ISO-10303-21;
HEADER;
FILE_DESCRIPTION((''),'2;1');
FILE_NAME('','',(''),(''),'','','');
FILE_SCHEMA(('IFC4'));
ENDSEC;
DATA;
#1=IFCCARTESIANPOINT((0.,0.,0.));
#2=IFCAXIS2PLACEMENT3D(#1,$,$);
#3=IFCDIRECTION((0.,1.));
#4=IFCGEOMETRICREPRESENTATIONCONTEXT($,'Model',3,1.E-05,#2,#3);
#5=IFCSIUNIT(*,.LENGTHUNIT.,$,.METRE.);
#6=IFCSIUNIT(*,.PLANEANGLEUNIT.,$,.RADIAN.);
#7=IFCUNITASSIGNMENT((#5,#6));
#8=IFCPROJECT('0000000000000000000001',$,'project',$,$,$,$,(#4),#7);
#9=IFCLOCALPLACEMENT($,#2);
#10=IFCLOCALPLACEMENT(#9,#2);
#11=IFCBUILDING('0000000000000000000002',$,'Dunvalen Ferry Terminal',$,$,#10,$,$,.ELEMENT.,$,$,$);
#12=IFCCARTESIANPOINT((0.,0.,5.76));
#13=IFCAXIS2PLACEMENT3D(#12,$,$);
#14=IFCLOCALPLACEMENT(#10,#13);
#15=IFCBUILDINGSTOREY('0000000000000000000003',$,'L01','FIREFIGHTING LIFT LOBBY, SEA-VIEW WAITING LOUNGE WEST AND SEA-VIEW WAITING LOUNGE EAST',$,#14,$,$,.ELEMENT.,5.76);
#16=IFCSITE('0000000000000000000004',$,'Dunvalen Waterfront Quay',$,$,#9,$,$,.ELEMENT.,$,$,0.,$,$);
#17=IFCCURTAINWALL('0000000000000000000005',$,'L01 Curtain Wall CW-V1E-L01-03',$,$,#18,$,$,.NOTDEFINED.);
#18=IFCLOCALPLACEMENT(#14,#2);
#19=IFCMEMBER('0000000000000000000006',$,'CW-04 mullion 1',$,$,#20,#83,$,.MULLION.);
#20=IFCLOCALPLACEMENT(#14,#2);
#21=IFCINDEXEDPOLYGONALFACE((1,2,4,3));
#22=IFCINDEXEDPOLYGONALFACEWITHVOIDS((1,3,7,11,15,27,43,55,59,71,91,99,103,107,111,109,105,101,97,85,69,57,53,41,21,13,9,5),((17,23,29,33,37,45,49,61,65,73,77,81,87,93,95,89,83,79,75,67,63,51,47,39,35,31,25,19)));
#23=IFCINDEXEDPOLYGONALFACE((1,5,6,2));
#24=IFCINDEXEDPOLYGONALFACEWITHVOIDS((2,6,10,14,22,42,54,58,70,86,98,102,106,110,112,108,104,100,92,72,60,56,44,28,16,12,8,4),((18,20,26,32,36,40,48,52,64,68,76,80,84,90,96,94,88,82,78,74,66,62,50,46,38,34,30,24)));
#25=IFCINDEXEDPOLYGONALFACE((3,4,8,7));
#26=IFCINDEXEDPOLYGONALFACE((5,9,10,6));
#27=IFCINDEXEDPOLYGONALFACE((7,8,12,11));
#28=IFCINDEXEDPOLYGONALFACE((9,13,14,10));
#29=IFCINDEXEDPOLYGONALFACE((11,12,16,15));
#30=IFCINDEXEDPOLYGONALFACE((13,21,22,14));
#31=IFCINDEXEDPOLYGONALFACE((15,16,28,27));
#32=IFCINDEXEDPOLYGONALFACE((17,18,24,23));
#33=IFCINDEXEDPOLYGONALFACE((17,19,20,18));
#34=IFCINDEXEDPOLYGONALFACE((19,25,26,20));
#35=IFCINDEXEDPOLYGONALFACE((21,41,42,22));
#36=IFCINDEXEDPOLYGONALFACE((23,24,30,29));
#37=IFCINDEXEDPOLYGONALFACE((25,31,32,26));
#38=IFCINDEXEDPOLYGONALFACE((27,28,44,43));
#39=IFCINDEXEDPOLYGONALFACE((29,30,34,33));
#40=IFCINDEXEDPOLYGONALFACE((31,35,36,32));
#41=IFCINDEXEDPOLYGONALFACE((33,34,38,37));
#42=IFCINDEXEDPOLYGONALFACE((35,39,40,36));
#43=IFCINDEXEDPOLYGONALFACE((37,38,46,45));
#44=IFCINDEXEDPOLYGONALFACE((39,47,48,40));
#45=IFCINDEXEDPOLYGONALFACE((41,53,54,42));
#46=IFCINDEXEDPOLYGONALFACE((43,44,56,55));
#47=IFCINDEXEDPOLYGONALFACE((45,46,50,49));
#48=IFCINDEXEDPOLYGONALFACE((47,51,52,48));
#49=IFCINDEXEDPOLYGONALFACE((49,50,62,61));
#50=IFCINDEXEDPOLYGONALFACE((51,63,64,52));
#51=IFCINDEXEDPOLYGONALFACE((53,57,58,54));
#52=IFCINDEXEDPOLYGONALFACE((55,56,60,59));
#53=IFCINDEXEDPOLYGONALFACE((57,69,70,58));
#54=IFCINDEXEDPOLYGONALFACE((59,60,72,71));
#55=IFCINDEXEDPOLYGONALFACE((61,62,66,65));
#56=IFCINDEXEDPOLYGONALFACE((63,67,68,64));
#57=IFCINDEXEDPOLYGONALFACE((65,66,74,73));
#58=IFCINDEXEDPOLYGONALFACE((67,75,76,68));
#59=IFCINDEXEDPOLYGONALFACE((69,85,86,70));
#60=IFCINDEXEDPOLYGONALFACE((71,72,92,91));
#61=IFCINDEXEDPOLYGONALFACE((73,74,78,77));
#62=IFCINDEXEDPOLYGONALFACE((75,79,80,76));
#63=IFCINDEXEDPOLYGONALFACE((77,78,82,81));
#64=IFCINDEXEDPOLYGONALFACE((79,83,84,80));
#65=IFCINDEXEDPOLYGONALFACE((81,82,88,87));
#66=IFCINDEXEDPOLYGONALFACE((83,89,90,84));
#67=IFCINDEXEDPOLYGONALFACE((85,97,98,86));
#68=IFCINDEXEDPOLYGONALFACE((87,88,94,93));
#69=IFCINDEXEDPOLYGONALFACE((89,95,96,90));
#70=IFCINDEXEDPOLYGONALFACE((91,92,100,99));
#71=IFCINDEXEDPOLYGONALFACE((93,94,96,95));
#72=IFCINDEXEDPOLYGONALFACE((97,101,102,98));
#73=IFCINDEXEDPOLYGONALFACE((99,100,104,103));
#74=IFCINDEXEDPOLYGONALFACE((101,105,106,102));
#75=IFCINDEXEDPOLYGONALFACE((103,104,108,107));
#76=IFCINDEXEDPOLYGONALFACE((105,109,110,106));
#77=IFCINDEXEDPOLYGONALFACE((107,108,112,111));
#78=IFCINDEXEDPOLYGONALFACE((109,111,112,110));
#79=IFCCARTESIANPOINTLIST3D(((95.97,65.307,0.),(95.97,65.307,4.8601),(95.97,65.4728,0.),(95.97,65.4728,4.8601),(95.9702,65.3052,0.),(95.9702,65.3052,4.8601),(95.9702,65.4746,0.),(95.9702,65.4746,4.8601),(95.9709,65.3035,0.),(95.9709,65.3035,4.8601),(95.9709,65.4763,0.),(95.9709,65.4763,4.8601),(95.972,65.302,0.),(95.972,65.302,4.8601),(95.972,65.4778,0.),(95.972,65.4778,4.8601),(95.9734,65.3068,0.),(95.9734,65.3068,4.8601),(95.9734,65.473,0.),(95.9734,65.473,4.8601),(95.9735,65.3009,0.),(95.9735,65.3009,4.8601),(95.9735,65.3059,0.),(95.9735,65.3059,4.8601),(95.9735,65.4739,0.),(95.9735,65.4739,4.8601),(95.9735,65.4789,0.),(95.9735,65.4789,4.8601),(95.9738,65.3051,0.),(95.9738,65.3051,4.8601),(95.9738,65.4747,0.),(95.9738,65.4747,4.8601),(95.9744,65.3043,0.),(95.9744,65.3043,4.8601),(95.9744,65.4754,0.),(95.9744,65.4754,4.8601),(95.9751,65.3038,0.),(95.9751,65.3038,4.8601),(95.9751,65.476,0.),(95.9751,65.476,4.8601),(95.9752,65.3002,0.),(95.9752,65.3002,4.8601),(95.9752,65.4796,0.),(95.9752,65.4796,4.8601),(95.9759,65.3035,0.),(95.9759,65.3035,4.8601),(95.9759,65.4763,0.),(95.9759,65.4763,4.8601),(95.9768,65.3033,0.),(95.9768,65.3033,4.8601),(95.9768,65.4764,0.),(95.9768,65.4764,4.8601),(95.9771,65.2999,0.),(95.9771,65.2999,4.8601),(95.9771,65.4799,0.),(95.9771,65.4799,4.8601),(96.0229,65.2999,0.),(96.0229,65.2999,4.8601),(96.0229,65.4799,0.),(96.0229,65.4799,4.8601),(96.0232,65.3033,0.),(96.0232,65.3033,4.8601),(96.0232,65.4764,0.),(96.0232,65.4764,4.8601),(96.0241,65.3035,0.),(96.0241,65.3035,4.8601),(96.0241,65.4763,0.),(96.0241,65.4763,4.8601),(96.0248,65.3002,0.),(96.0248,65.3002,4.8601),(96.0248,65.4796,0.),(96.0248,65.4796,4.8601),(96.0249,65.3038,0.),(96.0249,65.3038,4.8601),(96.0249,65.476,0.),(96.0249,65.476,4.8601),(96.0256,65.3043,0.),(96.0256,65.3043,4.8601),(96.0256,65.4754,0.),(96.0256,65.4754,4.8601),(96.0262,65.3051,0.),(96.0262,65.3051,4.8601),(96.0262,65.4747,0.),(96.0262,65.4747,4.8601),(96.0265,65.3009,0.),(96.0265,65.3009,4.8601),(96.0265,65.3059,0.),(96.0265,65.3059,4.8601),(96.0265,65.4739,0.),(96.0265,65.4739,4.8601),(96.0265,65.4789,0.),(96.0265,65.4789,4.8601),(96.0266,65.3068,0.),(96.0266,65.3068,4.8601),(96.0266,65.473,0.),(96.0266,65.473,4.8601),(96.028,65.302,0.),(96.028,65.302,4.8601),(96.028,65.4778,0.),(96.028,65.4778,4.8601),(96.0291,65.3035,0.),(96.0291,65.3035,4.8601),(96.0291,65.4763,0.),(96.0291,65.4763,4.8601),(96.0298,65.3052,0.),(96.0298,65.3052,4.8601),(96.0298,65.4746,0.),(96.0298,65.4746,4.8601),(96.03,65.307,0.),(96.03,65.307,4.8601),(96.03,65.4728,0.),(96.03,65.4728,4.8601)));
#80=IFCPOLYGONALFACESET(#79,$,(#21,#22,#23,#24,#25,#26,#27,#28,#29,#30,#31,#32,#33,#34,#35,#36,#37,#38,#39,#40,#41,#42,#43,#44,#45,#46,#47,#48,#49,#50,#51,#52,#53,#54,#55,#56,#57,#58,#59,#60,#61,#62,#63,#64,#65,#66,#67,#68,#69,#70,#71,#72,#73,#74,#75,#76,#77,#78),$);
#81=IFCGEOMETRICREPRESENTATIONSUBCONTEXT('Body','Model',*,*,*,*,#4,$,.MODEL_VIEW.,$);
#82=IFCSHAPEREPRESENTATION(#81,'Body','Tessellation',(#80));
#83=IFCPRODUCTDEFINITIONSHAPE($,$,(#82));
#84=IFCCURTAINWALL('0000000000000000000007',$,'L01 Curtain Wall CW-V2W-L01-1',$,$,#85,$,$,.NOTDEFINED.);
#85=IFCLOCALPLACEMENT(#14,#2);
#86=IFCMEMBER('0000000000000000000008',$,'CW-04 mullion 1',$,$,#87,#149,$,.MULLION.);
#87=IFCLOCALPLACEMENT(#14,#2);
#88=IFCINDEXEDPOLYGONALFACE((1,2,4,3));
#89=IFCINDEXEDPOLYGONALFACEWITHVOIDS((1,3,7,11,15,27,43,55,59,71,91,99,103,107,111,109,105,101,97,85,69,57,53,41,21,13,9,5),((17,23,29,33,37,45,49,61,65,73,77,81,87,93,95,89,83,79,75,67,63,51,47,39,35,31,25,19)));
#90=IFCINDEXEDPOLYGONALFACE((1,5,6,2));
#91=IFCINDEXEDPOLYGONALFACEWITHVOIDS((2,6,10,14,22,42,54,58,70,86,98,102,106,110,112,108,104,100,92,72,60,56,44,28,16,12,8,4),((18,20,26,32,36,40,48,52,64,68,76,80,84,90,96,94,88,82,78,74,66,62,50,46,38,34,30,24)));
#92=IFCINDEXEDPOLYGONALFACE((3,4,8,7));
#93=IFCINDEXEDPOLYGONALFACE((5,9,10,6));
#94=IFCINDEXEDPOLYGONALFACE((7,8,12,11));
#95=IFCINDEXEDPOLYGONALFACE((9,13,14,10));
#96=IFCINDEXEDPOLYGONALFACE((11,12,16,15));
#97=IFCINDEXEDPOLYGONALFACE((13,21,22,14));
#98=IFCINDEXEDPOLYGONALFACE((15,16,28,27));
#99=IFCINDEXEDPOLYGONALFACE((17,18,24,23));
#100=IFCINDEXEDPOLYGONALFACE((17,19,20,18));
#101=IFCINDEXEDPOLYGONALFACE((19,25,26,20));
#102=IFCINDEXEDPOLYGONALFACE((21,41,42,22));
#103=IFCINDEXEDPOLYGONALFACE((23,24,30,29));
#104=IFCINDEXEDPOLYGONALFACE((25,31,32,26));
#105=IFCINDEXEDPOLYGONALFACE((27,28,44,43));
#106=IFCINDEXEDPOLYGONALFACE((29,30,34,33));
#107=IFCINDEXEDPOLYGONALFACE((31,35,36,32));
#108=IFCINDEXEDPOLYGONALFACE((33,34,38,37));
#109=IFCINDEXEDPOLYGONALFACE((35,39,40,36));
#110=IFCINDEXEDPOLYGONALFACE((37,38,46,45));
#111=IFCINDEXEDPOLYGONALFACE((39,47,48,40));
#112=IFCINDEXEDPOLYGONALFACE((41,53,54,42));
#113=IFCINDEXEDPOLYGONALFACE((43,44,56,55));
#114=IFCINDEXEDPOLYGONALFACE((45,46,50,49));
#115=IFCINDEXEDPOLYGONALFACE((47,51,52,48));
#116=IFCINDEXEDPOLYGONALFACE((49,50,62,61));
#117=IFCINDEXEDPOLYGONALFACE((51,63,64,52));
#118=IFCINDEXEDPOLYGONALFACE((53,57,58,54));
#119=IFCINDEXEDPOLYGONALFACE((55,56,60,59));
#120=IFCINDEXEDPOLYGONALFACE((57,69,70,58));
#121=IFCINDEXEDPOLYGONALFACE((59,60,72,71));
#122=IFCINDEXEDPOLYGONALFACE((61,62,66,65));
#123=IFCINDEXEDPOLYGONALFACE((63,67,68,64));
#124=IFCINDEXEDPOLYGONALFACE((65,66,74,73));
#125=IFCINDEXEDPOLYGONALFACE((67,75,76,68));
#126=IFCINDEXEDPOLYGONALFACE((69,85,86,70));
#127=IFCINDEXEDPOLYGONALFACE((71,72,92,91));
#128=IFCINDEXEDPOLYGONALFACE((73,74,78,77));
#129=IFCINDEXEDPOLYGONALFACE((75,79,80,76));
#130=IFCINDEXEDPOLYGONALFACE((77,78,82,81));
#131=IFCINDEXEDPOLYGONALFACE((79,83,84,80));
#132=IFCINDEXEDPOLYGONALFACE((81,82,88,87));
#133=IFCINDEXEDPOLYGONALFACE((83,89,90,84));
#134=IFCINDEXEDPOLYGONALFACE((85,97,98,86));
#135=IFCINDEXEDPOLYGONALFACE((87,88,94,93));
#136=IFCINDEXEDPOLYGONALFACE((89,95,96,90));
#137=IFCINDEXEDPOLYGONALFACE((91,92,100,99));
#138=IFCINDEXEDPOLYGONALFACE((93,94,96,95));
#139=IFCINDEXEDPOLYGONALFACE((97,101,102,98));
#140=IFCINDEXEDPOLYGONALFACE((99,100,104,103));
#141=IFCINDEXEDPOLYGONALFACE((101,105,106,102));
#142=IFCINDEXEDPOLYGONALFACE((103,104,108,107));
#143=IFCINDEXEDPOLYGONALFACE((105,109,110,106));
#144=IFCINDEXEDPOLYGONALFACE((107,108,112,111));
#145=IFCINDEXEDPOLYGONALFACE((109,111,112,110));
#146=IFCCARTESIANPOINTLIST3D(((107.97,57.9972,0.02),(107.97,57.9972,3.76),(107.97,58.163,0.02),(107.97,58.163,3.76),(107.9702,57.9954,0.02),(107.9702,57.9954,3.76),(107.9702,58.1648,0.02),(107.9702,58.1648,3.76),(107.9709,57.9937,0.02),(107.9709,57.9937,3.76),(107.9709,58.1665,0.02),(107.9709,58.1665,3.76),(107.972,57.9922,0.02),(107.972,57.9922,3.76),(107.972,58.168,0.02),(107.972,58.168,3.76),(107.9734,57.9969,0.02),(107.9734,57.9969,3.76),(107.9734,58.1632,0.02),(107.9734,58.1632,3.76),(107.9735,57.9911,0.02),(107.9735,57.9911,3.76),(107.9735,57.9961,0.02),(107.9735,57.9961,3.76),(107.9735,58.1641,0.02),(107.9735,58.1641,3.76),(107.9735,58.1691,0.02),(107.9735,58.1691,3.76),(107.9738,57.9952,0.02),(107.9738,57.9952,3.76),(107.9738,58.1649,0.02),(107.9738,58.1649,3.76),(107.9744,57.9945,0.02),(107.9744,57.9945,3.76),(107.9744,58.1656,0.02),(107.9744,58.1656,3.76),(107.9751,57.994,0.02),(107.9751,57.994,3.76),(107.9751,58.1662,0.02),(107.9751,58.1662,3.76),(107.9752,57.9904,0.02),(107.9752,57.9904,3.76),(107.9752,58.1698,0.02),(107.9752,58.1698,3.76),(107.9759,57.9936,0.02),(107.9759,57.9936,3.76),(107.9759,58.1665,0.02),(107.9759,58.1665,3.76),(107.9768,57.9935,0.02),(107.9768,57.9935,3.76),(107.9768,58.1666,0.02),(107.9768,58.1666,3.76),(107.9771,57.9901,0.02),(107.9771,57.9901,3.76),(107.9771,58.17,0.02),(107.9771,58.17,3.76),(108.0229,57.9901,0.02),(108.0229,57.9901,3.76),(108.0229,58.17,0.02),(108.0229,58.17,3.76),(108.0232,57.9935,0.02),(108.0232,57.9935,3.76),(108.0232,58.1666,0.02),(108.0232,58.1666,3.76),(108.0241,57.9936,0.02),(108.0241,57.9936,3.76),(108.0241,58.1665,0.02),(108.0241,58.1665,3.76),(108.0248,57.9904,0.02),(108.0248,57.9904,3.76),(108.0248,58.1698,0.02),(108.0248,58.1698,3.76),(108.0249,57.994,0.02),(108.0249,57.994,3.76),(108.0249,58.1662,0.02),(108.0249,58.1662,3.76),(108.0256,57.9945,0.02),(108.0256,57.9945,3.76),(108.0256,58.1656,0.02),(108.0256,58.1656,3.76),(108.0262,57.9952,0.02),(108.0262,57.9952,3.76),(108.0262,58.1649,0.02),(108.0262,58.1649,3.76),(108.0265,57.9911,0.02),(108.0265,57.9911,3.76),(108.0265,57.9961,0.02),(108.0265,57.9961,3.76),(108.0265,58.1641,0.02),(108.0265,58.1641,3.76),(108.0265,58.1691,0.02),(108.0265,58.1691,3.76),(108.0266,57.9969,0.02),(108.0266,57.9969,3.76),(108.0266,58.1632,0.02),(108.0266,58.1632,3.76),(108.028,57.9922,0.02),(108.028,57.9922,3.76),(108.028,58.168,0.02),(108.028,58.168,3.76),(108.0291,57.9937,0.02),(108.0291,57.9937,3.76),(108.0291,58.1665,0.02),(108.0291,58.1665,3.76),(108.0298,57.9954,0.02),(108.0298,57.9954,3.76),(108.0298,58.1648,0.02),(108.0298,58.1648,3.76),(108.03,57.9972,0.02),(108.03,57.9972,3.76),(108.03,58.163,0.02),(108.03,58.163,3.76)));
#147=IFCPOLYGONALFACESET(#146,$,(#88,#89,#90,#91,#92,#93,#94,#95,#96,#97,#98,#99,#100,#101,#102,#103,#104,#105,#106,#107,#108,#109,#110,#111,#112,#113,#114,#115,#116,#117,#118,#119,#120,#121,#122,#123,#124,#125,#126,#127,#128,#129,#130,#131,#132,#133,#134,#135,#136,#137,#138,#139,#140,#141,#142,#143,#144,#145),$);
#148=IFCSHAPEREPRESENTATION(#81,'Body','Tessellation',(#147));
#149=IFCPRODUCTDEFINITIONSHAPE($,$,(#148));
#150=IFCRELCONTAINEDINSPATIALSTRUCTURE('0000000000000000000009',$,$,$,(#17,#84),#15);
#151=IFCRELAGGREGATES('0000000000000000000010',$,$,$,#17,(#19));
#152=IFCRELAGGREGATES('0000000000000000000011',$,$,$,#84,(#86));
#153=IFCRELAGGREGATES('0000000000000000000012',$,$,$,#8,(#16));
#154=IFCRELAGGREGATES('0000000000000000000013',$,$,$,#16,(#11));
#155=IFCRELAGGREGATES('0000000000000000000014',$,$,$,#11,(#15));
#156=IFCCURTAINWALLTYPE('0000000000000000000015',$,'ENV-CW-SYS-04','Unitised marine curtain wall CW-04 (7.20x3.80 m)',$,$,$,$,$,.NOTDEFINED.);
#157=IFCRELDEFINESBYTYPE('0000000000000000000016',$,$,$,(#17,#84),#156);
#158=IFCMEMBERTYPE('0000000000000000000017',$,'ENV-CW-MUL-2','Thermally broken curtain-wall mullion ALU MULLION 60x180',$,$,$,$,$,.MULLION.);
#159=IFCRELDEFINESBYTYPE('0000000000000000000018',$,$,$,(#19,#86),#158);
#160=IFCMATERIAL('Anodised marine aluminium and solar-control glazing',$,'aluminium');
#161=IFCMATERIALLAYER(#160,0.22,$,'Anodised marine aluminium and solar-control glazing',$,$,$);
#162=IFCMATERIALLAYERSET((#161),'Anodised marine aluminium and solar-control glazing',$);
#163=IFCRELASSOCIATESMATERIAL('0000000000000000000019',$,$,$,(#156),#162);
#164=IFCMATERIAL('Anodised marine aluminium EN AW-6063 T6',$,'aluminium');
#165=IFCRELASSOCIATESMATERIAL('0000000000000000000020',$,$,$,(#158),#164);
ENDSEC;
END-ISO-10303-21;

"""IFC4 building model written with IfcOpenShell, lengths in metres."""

from ifc_helpers import new_model, si_unit, direction, frame, origin, origin_2d, place, context, subcontext, project, spatial, hollow_rectangle, extrude, material, layer, layer_set, material_profile, profile_set, type_object, element, aggregate, save


model = new_model("IFC4")

# Units and contexts
model_context = context("Model", 3, precision=1e-05, world=origin(), true_north=direction((0.0, 1.0)))
body_context = subcontext(model_context, "Body", "Model", "MODEL_VIEW")
ifc_project = project(units=[si_unit("LENGTHUNIT", "METRE"), si_unit("PLANEANGLEUNIT", "RADIAN")], contexts=[model_context])

# Site, building, storey
site_placement = place(None, origin())
site = spatial("IfcSite", under=ifc_project, at=site_placement, Name="Dunvalen Waterfront Quay", CompositionType="ELEMENT", RefElevation=0.0)
building_placement = place(site_placement, origin())
building = spatial("IfcBuilding", under=site, at=building_placement, Name="Dunvalen Ferry Terminal", CompositionType="ELEMENT")
storey_placement = place(building_placement, frame((0.0, 0.0, 5.76)))
storey = spatial("IfcBuildingStorey", under=building, at=storey_placement, Name="L01", Description="FIREFIGHTING LIFT LOBBY, SEA-VIEW WAITING LOUNGE WEST AND SEA-VIEW WAITING LOUNGE EAST", CompositionType="ELEMENT", Elevation=5.76)

# Shared definitions
ifc_material_1 = material(Name="Anodised marine aluminium and solar-control glazing", Category="aluminium")
ifc_layer_1 = layer(ifc_material_1, 0.22, Name="Anodised marine aluminium and solar-control glazing")
ifc_layer_set_1 = layer_set([ifc_layer_1], Name="Anodised marine aluminium and solar-control glazing")
curtain_wall_type = type_object("IfcCurtainWallType", Name="ENV-CW-SYS-04", Description="Unitised marine curtain wall CW-04 (7.20x3.80 m)", PredefinedType="NOTDEFINED", material=ifc_layer_set_1)
ifc_material_2 = material(Name="Anodised marine aluminium EN AW-6063 T6", Category="aluminium")
ifc_material_profile_1 = material_profile(ifc_material_2, hollow_rectangle(XDim=0.0601, YDim=0.1799, WallThickness=0.0034, InnerFilletRadius=0.0034, OuterFilletRadius=0.0071, at=origin_2d()), Name="Anodised marine aluminium EN AW-6063 T6")
ifc_profile_set_1 = profile_set([ifc_material_profile_1], Name="Anodised marine aluminium EN AW-6063 T6")
member_type_1 = type_object("IfcMemberType", Name="ENV-CW-MUL-2", Description="Thermally broken curtain-wall mullion ALU MULLION 60x180", PredefinedType="MULLION", material=ifc_profile_set_1)

# Curtain wall, member
curtain_wall_1_placement = place(storey_placement, origin())
curtain_wall_1 = element("IfcCurtainWall", 1, at=curtain_wall_1_placement, inside=storey, type_object=curtain_wall_type, Name="L01 Curtain Wall CW-V1E-L01-03", PredefinedType="NOTDEFINED")
member_1_placement = place(storey_placement, frame((96.0, 65.3899, 0.0), z_axis=(0.0, 0.0, 1.0), x_axis=(-1.0, 0.0, 0.0)))
member_1 = element("IfcMember", 2, at=member_1_placement, type_object=member_type_1, Name="CW-04 mullion 1", PredefinedType="MULLION", context=body_context, shape_type="SweptSolid", body=[
    extrude(hollow_rectangle(XDim=0.0601, YDim=0.1799, WallThickness=0.0034, InnerFilletRadius=0.0034, OuterFilletRadius=0.0071, at=origin_2d()), origin(), (0.0, 0.0, 1.0), 4.8601),
])

# Curtain wall, member
curtain_wall_2_placement = place(storey_placement, origin())
curtain_wall_2 = element("IfcCurtainWall", 3, at=curtain_wall_2_placement, inside=storey, type_object=curtain_wall_type, Name="L01 Curtain Wall CW-V2W-L01-1", PredefinedType="NOTDEFINED")
member_2_placement = place(storey_placement, frame((108.0, 58.0801, 0.02), z_axis=(0.0, 0.0, 1.0), x_axis=(-1.0, 0.0, 0.0)))
member_2 = element("IfcMember", 4, at=member_2_placement, type_object=member_type_1, Name="CW-04 mullion 1", PredefinedType="MULLION", context=body_context, shape_type="SweptSolid", body=[
    extrude(hollow_rectangle(XDim=0.0601, YDim=0.1799, WallThickness=0.0034, InnerFilletRadius=0.0034, OuterFilletRadius=0.0071, at=origin_2d()), origin(), (0.0, 0.0, 1.0), 3.74),
])

aggregate(curtain_wall_1, [member_1])
aggregate(curtain_wall_2, [member_2])

save(model, "model.ifc")
